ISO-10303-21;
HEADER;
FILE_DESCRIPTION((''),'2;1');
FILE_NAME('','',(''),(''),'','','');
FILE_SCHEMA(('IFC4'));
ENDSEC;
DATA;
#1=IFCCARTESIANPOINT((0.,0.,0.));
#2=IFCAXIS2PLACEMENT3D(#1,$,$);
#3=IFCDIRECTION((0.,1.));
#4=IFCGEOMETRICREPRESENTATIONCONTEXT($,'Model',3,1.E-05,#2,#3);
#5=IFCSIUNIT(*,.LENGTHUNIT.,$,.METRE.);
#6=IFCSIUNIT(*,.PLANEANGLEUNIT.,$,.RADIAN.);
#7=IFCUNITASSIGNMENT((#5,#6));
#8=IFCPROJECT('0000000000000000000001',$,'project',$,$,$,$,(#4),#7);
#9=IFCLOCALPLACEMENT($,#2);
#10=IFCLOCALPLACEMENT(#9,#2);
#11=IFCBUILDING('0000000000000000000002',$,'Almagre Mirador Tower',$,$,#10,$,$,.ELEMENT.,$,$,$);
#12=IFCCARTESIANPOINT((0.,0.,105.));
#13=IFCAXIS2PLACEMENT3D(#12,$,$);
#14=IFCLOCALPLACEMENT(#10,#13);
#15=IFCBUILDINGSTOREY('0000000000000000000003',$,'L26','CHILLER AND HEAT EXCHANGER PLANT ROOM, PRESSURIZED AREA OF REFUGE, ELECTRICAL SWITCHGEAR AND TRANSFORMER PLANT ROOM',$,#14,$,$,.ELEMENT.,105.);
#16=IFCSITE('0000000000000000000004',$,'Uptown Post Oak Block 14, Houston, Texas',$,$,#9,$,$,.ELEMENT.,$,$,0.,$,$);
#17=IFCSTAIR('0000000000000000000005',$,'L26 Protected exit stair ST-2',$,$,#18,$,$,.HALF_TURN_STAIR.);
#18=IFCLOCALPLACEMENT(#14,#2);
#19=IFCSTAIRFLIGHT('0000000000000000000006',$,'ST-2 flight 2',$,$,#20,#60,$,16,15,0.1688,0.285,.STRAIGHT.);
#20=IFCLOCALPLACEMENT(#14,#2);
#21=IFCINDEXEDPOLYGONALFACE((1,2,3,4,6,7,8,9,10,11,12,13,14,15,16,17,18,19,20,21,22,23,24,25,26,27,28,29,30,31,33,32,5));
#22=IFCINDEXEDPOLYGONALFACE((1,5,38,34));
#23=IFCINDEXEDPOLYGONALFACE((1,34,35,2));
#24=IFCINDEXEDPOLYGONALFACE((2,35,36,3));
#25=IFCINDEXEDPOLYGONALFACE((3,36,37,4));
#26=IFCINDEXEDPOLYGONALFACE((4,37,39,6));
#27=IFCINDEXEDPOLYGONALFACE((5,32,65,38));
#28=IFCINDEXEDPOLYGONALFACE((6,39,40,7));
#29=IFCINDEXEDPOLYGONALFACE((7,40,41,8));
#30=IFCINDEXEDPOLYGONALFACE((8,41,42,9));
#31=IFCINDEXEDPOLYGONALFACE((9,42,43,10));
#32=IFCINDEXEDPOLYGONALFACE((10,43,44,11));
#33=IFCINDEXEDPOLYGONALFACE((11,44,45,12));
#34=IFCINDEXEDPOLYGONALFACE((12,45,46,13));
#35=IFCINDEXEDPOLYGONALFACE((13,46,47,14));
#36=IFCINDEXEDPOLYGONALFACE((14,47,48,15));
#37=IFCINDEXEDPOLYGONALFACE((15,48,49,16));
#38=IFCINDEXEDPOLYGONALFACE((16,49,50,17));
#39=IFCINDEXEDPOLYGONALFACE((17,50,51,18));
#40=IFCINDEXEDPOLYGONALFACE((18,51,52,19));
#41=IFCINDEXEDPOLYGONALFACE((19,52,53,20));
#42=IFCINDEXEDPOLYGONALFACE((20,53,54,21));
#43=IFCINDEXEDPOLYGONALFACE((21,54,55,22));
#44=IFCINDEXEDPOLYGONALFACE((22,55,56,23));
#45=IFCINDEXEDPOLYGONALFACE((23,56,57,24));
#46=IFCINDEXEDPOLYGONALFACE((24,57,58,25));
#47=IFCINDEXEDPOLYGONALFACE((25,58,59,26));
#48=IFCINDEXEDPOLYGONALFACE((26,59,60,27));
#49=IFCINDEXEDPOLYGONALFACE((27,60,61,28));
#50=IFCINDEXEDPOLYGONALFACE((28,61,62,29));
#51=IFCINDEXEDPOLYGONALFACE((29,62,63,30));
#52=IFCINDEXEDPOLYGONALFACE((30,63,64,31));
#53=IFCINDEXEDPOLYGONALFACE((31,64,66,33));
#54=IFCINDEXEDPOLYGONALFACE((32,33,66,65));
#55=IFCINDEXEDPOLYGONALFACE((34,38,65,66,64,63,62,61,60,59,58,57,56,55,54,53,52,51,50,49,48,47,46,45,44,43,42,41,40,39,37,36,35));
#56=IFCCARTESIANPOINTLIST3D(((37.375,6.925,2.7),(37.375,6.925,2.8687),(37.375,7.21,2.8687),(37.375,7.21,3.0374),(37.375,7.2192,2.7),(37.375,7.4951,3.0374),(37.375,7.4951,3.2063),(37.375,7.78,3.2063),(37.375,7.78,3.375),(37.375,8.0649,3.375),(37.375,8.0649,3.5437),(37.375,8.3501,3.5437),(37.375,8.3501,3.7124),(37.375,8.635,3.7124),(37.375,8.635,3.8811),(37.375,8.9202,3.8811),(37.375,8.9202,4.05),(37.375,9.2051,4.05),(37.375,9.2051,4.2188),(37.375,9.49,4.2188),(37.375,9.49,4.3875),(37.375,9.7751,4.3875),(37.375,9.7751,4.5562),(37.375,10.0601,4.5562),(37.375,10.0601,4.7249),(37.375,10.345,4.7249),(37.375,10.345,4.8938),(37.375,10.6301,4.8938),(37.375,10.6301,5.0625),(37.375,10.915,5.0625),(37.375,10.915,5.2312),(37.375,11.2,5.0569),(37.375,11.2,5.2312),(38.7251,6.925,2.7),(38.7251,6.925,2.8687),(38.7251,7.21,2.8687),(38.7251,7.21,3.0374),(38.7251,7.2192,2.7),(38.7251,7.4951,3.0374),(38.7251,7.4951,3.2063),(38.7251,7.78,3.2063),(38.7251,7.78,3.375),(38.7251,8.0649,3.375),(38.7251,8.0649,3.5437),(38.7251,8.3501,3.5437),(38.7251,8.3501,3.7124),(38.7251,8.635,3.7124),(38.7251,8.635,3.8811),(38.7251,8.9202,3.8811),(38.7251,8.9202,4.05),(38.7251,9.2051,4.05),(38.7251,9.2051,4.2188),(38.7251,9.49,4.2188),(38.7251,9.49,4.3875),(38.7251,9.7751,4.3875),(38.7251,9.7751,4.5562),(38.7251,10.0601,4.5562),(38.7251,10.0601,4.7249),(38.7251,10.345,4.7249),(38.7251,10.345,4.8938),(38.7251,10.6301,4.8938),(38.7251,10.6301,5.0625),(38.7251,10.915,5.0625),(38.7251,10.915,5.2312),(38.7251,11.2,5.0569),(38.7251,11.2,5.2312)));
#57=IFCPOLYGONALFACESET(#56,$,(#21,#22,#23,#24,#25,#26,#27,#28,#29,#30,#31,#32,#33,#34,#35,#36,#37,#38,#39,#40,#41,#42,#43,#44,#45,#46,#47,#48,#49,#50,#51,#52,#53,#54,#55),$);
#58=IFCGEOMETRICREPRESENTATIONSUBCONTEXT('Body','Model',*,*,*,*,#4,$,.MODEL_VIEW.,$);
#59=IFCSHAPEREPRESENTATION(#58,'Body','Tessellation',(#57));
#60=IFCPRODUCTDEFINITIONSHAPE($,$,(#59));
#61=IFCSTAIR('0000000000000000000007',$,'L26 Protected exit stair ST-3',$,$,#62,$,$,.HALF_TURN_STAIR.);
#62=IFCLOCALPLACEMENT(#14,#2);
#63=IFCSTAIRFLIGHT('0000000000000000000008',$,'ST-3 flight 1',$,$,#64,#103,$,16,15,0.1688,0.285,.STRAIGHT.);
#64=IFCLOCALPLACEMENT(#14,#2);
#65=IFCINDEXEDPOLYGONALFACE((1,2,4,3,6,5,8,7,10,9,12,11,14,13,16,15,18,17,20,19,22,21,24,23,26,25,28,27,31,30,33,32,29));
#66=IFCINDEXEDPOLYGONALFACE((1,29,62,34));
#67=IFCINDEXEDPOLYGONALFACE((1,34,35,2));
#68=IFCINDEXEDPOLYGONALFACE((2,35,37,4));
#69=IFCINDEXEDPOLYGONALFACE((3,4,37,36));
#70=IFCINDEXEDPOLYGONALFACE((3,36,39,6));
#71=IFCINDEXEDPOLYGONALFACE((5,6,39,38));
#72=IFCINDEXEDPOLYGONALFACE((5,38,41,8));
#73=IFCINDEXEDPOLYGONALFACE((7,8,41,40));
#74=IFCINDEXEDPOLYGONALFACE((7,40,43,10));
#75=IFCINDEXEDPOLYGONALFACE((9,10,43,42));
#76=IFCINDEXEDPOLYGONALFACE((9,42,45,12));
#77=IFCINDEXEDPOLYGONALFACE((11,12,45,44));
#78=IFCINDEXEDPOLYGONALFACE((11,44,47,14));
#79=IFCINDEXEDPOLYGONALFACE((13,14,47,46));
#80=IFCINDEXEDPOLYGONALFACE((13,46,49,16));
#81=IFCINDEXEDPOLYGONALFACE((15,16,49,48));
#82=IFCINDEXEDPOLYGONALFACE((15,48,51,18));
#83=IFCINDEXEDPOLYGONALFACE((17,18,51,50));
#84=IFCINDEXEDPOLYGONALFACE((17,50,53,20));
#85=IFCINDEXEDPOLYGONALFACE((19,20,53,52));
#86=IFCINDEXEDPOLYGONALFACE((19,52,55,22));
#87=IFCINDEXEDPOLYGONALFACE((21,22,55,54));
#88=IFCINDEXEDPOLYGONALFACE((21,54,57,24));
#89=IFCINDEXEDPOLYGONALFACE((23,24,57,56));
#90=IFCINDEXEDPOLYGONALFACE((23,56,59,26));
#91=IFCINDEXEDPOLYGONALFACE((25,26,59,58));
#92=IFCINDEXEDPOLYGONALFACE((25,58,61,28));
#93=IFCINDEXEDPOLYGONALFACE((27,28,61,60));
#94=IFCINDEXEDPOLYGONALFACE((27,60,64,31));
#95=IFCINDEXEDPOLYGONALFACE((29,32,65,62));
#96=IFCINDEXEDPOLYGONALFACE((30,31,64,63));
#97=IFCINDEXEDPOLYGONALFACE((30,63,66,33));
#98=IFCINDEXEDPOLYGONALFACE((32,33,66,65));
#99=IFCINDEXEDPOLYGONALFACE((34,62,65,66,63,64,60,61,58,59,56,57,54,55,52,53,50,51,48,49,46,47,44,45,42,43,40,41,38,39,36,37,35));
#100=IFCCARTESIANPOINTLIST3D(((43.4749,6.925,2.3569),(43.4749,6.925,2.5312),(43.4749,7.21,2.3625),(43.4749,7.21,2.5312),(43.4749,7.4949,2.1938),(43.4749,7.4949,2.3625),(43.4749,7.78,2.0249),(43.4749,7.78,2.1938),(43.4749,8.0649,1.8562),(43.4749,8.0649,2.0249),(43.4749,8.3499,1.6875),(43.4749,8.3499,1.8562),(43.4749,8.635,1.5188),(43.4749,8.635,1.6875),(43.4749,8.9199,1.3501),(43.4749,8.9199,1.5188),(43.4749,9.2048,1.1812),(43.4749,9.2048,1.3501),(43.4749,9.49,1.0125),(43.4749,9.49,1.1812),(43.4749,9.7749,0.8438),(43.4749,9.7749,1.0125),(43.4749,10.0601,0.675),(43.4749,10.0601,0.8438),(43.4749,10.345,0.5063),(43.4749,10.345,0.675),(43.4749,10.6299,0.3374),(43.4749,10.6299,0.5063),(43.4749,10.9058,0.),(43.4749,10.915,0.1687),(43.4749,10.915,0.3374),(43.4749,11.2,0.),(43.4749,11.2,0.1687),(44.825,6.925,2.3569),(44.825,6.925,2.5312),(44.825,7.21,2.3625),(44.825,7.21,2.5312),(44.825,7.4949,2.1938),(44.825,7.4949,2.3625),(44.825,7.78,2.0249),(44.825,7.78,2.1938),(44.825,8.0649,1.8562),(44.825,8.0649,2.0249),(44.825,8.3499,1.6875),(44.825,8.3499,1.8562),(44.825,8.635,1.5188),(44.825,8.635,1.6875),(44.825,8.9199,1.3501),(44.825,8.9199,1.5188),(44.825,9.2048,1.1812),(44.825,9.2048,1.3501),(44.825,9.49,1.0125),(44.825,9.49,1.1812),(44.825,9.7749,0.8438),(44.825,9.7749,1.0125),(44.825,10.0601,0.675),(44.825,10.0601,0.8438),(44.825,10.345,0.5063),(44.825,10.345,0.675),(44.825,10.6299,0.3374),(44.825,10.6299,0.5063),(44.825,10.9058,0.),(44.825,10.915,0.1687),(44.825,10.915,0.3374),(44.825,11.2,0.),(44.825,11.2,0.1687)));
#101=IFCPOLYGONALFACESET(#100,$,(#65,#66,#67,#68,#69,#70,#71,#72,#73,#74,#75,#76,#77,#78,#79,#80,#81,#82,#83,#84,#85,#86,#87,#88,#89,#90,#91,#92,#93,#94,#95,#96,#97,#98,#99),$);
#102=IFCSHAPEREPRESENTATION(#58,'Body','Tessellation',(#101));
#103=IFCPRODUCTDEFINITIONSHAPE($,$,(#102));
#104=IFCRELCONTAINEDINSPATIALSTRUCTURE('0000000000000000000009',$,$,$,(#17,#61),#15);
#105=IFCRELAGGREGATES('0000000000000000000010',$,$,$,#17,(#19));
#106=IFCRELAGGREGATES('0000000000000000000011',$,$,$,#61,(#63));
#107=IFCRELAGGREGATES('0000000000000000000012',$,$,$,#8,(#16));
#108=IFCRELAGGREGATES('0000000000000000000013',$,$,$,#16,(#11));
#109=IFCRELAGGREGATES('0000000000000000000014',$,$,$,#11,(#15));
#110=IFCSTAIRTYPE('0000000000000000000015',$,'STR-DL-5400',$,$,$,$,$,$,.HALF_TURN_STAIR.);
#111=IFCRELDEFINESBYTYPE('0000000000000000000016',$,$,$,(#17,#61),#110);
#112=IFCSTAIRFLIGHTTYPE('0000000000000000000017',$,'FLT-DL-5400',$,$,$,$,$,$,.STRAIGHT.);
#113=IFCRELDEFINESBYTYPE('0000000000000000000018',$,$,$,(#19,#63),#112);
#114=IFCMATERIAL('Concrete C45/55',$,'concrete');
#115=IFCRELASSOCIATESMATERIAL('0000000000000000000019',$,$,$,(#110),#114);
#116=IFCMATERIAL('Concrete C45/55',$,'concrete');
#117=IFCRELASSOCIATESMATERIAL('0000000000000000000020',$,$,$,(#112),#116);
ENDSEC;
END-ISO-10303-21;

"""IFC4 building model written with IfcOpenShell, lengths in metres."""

from ifc_helpers import new_model, si_unit, direction, frame, origin, place, context, subcontext, project, spatial, polyline, outline, extrude, material, type_object, element, aggregate, save


model = new_model("IFC4")

# Units and contexts
model_context = context("Model", 3, precision=1e-05, world=origin(), true_north=direction((0.0, 1.0)))
body_context = subcontext(model_context, "Body", "Model", "MODEL_VIEW")
ifc_project = project(units=[si_unit("LENGTHUNIT", "METRE"), si_unit("PLANEANGLEUNIT", "RADIAN")], contexts=[model_context])

# Site, building, storey
site_placement = place(None, origin())
site = spatial("IfcSite", under=ifc_project, at=site_placement, Name="Uptown Post Oak Block 14, Houston, Texas", CompositionType="ELEMENT", RefElevation=0.0)
building_placement = place(site_placement, origin())
building = spatial("IfcBuilding", under=site, at=building_placement, Name="Almagre Mirador Tower", CompositionType="ELEMENT")
storey_placement = place(building_placement, frame((0.0, 0.0, 105.0)))
storey = spatial("IfcBuildingStorey", under=building, at=storey_placement, Name="L26", Description="CHILLER AND HEAT EXCHANGER PLANT ROOM, PRESSURIZED AREA OF REFUGE, ELECTRICAL SWITCHGEAR AND TRANSFORMER PLANT ROOM", CompositionType="ELEMENT", Elevation=105.0)

# Stair, stair flight
ifc_material_1 = material(Name="Concrete C45/55", Category="concrete")
stair_type = type_object("IfcStairType", Name="STR-DL-5400", PredefinedType="HALF_TURN_STAIR", material=ifc_material_1)
stair_1_placement = place(storey_placement, origin())
stair_1 = element("IfcStair", 1, at=stair_1_placement, inside=storey, type_object=stair_type, Name="L26 Protected exit stair ST-2", PredefinedType="HALF_TURN_STAIR")
ifc_material_2 = material(Name="Concrete C45/55", Category="concrete")
stair_flight_type = type_object("IfcStairFlightType", Name="FLT-DL-5400", PredefinedType="STRAIGHT", material=ifc_material_2)
stair_flight_1_placement = place(storey_placement, frame((38.05, 6.925, 2.7), z_axis=(0.0, 0.0, 1.0), x_axis=(0.0, 1.0, 0.0)))
stair_flight_1 = element("IfcStairFlight", 2, at=stair_flight_1_placement, type_object=stair_flight_type, Name="ST-2 flight 2", NumberOfRisers=16, NumberOfTreads=15, PredefinedType="STRAIGHT", RiserHeight=0.1688, TreadLength=0.285, context=body_context, shape_type="SweptSolid", body=[
    extrude(outline(polyline([(0.0, 0.0), (0.0, 0.1687), (0.2849, 0.1687), (0.2849, 0.3374), (0.5701, 0.3374), (0.5701, 0.5063), (0.855, 0.5063), (0.855, 0.675), (1.1399, 0.675), (1.1399, 0.8438), (1.425, 0.8438), (1.425, 1.0125), (1.71, 1.0125), (1.71, 1.1812), (1.9951, 1.1812), (1.9951, 1.3501), (2.28, 1.3501), (2.28, 1.5188), (2.5649, 1.5188), (2.5649, 1.6875), (2.8501, 1.6875), (2.8501, 1.8562), (3.135, 1.8562), (3.135, 2.0249), (3.4199, 2.0249), (3.4199, 2.1938), (3.7051, 2.1938), (3.7051, 2.3625), (3.99, 2.3625), (3.99, 2.5312), (4.2749, 2.5312), (4.2749, 2.7), (4.2749, 2.3569), (0.2942, 0.0), (0.0, 0.0)])), frame((0.0, 0.675, 0.0), z_axis=(0.0, -1.0, 0.0), x_axis=(1.0, 0.0, 0.0)), (0.0, 0.0, 1.0), 1.3501),
])
aggregate(stair_1, [stair_flight_1])

# Stair, stair flight
stair_2_placement = place(storey_placement, origin())
stair_2 = element("IfcStair", 3, at=stair_2_placement, inside=storey, type_object=stair_type, Name="L26 Protected exit stair ST-3", PredefinedType="HALF_TURN_STAIR")
stair_flight_2_placement = place(storey_placement, frame((44.1499, 11.2, 0.0), z_axis=(0.0, 0.0, 1.0), x_axis=(0.0, -1.0, 0.0)))
stair_flight_2 = element("IfcStairFlight", 4, at=stair_flight_2_placement, type_object=stair_flight_type, Name="ST-3 flight 1", NumberOfRisers=16, NumberOfTreads=15, PredefinedType="STRAIGHT", RiserHeight=0.1688, TreadLength=0.285, context=body_context, shape_type="SweptSolid", body=[
    extrude(outline(polyline([(0.0, 0.0), (0.0, 0.1687), (0.2849, 0.1687), (0.2849, 0.3374), (0.5701, 0.3374), (0.5701, 0.5063), (0.855, 0.5063), (0.855, 0.675), (1.1399, 0.675), (1.1399, 0.8438), (1.425, 0.8438), (1.425, 1.0125), (1.71, 1.0125), (1.71, 1.1812), (1.9951, 1.1812), (1.9951, 1.3501), (2.28, 1.3501), (2.28, 1.5188), (2.5649, 1.5188), (2.5649, 1.6875), (2.8501, 1.6875), (2.8501, 1.8562), (3.135, 1.8562), (3.135, 2.0249), (3.4199, 2.0249), (3.4199, 2.1938), (3.7051, 2.1938), (3.7051, 2.3625), (3.99, 2.3625), (3.99, 2.5312), (4.2749, 2.5312), (4.2749, 2.7), (4.2749, 2.3569), (0.2942, 0.0), (0.0, 0.0)])), frame((0.0, 0.675, 0.0), z_axis=(0.0, -1.0, 0.0), x_axis=(1.0, 0.0, 0.0)), (0.0, 0.0, 1.0), 1.3501),
])
aggregate(stair_2, [stair_flight_2])

save(model, "model.ifc")
